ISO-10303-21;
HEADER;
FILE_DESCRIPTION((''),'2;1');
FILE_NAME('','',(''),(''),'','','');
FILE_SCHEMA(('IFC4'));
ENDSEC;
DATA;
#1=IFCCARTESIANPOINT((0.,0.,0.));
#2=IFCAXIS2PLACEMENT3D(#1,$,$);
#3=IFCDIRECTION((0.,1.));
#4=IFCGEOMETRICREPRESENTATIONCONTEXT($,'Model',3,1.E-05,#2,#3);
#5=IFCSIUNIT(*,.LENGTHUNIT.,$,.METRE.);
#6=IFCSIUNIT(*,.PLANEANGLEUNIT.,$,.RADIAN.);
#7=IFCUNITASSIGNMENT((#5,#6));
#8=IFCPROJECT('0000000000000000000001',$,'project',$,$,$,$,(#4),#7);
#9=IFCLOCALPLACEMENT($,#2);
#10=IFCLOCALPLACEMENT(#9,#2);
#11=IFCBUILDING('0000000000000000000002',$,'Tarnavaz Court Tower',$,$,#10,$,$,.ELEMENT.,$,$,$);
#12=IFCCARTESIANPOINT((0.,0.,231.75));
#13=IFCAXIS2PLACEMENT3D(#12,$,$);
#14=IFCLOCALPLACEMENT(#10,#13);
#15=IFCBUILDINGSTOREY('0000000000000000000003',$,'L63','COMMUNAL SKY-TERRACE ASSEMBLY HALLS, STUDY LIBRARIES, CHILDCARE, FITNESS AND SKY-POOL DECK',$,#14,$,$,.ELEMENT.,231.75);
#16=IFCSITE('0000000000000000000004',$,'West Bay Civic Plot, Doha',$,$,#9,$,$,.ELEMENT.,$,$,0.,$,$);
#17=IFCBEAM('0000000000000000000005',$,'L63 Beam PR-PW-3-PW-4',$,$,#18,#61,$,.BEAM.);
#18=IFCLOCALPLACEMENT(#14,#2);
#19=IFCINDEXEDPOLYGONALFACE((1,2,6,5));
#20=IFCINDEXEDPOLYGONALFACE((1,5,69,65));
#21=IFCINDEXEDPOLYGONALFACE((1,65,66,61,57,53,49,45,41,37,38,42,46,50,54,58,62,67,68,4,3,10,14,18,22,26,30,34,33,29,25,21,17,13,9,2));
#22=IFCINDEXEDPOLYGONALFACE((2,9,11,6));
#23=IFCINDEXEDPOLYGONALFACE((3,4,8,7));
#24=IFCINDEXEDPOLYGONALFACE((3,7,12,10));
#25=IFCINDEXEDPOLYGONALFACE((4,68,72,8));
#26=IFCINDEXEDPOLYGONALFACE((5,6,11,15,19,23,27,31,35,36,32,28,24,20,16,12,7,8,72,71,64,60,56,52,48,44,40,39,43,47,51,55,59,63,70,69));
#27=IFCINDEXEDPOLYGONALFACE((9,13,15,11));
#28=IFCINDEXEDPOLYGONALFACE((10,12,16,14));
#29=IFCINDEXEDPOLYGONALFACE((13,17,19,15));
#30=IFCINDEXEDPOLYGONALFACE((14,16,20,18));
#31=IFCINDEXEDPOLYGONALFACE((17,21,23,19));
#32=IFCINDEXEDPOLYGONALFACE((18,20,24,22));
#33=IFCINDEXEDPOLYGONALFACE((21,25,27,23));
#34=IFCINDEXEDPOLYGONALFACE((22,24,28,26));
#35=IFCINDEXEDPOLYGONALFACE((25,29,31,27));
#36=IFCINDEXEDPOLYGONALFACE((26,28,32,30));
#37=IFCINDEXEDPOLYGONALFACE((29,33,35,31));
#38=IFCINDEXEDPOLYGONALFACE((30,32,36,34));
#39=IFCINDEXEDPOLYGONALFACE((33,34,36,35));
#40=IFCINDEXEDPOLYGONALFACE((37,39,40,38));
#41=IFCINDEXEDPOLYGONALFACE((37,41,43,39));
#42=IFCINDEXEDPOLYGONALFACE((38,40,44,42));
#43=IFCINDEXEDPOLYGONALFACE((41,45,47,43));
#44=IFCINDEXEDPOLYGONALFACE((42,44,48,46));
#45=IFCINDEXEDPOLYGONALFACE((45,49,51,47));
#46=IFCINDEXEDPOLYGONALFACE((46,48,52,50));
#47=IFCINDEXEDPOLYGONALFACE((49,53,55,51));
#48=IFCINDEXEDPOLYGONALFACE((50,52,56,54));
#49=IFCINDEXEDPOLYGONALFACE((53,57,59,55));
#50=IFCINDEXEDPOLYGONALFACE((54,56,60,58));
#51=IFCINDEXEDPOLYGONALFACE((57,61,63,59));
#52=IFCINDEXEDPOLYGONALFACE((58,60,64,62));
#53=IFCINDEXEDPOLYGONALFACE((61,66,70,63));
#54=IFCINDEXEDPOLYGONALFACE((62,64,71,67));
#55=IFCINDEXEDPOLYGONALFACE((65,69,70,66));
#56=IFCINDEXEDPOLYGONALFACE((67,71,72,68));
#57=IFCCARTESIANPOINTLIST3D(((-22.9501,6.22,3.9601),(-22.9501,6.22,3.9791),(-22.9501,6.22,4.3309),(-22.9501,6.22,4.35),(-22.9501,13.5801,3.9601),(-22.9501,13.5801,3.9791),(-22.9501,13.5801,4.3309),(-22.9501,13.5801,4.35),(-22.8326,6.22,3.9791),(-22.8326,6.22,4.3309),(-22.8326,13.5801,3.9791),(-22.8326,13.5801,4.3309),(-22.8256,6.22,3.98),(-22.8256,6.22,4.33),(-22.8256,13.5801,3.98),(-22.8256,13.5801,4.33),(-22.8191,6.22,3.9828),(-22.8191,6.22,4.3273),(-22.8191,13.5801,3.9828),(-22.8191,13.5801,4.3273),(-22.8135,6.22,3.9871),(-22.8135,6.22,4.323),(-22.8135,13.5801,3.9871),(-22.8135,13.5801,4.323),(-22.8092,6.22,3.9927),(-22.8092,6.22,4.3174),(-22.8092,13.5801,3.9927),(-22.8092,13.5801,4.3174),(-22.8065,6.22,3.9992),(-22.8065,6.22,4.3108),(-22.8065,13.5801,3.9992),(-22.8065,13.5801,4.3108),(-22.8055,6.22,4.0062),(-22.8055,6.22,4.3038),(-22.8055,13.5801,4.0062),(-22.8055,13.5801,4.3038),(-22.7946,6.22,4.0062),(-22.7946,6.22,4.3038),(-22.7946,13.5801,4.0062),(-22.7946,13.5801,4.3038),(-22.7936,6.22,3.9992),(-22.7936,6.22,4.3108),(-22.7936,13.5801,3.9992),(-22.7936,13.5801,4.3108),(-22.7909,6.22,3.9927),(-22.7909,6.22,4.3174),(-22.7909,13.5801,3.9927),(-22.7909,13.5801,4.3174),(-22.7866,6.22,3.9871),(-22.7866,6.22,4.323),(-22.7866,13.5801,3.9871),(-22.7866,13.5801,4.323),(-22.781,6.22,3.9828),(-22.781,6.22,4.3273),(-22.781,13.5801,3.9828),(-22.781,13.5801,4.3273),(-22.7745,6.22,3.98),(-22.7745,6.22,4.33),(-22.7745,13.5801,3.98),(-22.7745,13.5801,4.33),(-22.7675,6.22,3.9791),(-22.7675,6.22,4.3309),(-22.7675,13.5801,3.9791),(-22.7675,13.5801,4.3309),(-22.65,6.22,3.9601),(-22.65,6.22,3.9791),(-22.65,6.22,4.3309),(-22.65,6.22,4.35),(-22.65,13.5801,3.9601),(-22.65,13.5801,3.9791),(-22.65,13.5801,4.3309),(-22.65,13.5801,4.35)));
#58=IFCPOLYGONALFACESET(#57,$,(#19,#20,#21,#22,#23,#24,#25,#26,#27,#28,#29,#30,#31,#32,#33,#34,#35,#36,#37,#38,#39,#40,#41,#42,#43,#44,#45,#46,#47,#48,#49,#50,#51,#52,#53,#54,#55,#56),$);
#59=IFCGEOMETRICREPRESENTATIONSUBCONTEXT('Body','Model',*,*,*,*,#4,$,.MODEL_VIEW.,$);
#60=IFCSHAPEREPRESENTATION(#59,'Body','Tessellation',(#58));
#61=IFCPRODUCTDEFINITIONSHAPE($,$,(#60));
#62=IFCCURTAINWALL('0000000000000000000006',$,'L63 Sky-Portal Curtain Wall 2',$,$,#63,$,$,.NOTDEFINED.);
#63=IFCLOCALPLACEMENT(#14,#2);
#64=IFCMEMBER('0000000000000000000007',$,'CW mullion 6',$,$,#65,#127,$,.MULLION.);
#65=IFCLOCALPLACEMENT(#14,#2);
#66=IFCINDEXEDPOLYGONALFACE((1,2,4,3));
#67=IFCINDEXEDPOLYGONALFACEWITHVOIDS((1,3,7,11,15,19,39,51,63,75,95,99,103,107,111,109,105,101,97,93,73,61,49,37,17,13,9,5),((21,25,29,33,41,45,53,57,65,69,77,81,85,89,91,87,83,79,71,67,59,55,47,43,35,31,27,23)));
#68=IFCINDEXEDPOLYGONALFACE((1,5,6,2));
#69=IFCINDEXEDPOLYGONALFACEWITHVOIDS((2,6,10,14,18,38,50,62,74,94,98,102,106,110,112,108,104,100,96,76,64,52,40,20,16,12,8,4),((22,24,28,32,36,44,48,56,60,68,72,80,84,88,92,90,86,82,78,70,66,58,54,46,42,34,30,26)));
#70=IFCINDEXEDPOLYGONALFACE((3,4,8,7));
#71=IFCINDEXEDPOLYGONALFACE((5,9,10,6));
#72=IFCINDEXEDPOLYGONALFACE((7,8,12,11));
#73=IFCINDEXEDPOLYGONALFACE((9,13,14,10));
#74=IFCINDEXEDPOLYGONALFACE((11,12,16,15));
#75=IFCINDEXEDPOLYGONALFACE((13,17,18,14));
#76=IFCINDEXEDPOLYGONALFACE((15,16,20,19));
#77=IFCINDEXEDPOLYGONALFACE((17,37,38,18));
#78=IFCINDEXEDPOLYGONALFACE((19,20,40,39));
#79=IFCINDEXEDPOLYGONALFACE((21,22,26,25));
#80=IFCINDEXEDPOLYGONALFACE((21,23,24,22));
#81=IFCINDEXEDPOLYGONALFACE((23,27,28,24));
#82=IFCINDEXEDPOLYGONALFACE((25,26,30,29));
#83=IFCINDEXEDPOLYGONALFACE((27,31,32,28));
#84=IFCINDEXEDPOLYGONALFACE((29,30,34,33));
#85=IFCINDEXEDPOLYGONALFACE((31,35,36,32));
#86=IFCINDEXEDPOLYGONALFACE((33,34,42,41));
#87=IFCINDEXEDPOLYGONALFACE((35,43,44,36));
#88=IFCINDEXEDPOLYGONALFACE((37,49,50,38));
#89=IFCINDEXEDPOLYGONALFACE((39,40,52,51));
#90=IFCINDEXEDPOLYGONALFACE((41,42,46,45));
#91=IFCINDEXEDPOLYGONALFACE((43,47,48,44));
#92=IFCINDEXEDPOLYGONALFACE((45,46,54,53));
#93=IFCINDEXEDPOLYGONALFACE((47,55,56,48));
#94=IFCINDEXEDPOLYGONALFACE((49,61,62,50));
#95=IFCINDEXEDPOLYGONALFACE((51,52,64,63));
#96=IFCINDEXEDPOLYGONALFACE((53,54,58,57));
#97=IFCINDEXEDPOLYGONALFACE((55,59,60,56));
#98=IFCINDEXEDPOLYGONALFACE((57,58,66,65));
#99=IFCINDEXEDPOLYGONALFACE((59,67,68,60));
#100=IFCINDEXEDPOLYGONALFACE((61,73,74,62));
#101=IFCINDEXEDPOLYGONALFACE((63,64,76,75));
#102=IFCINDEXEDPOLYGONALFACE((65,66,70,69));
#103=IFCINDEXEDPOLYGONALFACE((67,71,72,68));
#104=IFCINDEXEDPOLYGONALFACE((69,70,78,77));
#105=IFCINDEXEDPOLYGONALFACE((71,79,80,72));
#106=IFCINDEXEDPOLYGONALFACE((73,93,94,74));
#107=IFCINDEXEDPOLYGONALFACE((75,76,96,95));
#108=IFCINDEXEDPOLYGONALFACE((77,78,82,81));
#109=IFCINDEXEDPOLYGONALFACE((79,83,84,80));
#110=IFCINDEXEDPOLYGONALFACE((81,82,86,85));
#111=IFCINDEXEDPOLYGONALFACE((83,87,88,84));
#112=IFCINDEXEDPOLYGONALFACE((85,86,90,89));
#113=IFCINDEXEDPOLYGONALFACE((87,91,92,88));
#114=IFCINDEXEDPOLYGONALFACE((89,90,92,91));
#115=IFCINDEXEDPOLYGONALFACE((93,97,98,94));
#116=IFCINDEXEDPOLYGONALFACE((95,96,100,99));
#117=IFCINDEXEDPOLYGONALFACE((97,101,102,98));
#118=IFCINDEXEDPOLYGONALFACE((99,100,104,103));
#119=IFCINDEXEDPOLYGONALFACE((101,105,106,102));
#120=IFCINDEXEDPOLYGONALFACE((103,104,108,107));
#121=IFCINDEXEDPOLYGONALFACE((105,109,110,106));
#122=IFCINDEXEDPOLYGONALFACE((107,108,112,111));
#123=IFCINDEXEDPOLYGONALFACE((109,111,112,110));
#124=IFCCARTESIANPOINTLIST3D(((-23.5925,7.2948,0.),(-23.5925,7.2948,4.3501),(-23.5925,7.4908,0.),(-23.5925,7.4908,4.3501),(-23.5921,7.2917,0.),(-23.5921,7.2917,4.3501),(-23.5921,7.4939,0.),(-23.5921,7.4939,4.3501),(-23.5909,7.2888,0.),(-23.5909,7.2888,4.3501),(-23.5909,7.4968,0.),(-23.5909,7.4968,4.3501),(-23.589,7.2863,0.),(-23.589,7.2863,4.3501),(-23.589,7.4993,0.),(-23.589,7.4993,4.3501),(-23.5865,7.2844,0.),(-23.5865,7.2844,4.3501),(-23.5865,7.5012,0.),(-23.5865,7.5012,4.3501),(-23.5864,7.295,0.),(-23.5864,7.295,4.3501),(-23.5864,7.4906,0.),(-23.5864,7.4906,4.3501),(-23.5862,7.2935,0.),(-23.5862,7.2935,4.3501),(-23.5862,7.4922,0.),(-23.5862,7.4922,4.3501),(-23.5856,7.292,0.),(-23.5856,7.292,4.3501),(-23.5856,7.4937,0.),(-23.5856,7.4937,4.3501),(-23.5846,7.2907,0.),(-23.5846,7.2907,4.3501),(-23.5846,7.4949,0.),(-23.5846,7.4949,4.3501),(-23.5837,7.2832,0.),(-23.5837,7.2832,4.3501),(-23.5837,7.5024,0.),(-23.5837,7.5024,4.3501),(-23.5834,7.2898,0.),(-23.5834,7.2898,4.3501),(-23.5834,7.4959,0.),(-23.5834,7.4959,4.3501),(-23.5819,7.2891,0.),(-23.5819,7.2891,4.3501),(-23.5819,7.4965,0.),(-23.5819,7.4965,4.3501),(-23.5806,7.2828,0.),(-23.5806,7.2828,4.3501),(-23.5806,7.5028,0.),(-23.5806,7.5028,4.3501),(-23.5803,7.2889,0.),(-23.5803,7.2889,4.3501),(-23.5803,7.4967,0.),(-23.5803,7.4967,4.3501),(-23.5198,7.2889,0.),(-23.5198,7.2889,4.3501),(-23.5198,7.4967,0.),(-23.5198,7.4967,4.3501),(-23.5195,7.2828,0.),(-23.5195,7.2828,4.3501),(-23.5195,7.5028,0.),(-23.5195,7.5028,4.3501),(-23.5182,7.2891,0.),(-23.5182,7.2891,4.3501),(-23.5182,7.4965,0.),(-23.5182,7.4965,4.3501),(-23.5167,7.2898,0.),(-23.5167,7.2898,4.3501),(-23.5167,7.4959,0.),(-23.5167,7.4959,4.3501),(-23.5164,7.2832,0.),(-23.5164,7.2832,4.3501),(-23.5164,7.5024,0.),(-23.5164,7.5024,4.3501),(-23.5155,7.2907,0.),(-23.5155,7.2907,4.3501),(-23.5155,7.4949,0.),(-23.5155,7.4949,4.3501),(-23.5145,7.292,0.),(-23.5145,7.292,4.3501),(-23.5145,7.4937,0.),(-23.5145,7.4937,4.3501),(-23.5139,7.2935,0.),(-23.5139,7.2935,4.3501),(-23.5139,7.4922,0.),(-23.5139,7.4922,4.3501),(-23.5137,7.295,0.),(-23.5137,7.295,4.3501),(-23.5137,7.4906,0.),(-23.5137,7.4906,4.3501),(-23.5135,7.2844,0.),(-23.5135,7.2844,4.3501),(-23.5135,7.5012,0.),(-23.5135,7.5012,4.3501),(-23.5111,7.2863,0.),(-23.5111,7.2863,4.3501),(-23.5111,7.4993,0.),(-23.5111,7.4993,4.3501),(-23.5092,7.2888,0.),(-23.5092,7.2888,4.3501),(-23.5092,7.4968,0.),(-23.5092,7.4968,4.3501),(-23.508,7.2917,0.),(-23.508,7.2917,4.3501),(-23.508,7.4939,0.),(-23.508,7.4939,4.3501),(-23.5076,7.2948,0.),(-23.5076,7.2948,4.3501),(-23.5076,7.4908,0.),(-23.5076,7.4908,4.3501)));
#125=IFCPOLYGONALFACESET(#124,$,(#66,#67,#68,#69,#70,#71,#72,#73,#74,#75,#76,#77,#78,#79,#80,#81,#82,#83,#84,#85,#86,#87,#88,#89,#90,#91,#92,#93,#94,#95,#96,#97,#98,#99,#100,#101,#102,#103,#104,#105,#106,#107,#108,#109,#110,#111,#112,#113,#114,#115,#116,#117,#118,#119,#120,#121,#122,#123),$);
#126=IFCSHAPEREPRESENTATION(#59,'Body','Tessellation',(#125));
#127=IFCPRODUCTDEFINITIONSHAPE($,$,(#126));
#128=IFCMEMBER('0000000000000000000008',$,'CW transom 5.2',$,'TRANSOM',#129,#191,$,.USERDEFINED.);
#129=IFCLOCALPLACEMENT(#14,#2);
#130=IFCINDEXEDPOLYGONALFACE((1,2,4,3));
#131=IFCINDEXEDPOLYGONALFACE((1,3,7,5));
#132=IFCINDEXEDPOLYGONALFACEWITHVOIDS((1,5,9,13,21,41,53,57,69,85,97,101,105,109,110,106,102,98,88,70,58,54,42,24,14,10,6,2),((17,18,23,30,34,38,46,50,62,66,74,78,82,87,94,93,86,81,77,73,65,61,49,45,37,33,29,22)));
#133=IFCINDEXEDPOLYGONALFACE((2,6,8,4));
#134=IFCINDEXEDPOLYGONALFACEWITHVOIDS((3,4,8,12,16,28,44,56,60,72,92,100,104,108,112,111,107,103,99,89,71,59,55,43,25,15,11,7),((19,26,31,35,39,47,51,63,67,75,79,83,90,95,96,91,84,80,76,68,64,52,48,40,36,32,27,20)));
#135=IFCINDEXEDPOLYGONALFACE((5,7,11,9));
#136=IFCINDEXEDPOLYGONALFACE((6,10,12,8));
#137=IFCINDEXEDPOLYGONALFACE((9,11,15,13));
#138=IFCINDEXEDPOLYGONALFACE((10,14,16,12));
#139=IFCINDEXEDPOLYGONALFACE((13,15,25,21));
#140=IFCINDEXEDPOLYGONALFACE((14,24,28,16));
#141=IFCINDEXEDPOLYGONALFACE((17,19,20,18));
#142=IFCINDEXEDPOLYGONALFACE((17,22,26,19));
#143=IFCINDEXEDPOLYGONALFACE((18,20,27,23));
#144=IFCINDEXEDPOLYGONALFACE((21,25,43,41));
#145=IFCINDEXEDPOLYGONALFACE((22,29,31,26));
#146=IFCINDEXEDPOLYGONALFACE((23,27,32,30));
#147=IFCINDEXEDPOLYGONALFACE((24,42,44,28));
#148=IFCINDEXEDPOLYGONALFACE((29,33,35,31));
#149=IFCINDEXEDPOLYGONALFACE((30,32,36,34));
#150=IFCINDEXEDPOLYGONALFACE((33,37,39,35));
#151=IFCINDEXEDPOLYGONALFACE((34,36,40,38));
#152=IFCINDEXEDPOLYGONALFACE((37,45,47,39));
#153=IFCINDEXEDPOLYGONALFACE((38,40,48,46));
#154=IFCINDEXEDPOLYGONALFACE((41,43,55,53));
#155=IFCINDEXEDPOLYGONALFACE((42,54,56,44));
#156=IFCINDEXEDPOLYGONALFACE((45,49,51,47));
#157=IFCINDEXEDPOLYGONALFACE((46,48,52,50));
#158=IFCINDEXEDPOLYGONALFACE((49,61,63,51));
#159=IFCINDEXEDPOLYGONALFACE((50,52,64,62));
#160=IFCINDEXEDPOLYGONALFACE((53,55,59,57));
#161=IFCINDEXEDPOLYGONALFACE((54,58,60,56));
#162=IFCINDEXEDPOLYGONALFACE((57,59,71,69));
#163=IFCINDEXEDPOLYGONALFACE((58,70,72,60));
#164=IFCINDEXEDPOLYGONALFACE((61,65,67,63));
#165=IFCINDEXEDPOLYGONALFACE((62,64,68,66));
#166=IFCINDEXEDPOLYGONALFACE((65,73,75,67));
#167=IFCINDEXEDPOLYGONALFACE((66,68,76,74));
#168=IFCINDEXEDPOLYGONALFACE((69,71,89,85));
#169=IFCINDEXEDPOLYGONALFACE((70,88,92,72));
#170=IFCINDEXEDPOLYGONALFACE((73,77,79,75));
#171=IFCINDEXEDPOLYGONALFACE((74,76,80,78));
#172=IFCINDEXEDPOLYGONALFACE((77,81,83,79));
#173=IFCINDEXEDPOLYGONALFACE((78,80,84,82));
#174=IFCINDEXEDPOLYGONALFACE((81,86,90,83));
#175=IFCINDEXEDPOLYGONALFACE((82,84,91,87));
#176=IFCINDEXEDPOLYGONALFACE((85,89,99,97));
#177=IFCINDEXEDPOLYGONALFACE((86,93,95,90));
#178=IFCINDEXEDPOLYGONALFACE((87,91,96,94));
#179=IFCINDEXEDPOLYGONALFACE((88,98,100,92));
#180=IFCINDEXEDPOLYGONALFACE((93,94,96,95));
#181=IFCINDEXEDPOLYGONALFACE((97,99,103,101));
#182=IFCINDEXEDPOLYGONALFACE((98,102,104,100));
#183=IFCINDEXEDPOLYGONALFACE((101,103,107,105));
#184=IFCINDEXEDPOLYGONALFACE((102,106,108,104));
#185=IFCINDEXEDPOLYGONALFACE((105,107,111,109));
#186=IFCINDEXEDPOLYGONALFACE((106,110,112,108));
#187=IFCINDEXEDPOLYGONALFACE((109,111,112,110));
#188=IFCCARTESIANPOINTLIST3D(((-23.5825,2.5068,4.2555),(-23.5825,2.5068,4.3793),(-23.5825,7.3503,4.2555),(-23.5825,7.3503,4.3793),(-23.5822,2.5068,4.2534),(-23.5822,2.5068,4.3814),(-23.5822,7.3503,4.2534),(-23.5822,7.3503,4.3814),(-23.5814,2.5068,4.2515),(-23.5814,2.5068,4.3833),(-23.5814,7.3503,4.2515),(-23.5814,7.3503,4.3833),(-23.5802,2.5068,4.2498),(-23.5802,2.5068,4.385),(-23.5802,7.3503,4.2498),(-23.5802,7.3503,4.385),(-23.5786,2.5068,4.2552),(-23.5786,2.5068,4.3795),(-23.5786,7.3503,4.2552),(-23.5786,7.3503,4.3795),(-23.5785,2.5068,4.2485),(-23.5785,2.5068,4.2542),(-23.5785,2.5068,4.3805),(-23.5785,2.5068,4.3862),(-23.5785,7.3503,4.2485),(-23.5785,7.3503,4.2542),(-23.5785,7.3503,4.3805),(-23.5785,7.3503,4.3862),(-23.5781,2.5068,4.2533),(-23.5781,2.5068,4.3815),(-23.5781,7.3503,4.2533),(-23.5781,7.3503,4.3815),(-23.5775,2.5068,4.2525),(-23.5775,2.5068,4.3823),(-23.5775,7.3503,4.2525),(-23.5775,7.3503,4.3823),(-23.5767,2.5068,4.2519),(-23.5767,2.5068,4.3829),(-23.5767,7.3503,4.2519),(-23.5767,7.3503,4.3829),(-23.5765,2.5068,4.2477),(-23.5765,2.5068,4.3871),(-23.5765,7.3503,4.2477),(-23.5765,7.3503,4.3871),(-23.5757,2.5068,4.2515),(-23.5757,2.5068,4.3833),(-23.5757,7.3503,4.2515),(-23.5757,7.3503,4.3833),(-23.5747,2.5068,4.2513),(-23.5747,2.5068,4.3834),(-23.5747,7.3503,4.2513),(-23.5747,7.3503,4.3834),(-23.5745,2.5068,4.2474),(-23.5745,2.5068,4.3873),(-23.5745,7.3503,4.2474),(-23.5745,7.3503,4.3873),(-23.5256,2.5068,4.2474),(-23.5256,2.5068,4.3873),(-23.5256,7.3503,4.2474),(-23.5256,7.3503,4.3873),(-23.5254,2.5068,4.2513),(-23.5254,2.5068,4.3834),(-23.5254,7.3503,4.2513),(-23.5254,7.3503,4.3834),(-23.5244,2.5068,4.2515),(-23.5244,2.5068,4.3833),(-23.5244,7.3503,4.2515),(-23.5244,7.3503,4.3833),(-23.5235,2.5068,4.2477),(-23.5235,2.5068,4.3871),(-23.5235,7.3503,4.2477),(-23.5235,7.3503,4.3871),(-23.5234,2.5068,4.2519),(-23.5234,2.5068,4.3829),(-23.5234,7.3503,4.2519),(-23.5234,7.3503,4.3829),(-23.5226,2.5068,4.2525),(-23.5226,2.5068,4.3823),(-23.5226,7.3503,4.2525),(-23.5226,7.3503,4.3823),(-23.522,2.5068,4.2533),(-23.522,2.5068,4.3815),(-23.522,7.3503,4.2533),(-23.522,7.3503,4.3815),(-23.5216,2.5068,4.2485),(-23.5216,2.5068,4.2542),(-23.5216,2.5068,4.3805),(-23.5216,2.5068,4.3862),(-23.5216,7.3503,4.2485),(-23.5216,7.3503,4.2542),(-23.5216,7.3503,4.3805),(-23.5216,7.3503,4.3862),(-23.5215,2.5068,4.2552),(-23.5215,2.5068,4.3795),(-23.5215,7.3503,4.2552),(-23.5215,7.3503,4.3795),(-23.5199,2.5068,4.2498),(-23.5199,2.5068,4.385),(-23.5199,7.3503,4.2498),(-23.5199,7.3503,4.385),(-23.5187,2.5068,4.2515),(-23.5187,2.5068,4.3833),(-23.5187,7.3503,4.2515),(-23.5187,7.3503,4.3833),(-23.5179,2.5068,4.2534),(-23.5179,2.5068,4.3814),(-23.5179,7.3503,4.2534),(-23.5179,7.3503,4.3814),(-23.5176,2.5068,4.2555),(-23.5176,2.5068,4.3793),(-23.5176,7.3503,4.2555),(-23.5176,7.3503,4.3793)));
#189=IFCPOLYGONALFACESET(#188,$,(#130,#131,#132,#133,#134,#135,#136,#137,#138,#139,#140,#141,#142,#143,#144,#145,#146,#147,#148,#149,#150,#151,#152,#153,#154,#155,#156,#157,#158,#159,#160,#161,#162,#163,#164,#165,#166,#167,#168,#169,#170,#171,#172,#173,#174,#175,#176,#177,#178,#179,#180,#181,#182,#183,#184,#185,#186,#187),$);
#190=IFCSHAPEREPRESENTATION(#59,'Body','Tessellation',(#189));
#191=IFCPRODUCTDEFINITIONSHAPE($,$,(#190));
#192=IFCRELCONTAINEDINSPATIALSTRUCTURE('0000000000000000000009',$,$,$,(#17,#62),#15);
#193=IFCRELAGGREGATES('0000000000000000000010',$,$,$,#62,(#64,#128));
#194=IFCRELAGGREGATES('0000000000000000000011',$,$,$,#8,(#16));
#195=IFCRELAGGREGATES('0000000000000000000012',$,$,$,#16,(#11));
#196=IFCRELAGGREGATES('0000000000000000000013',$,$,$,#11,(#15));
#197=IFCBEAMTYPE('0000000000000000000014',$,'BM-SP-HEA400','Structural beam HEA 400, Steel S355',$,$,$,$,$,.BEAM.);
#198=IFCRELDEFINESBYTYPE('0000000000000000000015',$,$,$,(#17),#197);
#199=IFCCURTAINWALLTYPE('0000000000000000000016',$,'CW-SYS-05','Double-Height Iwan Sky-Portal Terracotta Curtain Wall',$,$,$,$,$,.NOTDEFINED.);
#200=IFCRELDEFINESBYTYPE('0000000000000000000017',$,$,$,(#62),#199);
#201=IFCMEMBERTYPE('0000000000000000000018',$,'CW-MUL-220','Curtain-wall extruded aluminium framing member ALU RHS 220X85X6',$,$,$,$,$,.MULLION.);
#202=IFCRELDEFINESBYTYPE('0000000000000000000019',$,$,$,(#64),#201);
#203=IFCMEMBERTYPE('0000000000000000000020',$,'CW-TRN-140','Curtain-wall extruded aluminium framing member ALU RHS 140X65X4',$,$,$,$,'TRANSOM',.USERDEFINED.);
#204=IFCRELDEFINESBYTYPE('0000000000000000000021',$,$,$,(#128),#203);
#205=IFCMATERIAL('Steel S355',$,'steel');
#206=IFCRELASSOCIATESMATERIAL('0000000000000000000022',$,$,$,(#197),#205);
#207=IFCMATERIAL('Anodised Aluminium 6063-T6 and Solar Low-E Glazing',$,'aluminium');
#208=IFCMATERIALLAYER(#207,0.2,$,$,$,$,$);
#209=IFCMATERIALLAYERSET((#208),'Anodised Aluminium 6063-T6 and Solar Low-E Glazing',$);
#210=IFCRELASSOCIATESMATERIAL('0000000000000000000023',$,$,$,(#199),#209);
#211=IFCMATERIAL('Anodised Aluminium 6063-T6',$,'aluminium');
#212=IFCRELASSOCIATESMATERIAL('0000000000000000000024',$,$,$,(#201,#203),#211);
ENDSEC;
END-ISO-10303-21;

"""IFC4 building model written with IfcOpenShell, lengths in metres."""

from ifc_helpers import new_model, si_unit, direction, frame, origin, origin_2d, place, context, subcontext, project, spatial, hollow_rectangle, i_section, extrude, material, layer, layer_set, material_profile, profile_set, type_object, element, aggregate, save


model = new_model("IFC4")

# Units and contexts
model_context = context("Model", 3, precision=1e-05, world=origin(), true_north=direction((0.0, 1.0)))
body_context = subcontext(model_context, "Body", "Model", "MODEL_VIEW")
ifc_project = project(units=[si_unit("LENGTHUNIT", "METRE"), si_unit("PLANEANGLEUNIT", "RADIAN")], contexts=[model_context])

# Site, building, storey
site_placement = place(None, origin())
site = spatial("IfcSite", under=ifc_project, at=site_placement, Name="West Bay Civic Plot, Doha", CompositionType="ELEMENT", RefElevation=0.0)
building_placement = place(site_placement, origin())
building = spatial("IfcBuilding", under=site, at=building_placement, Name="Tarnavaz Court Tower", CompositionType="ELEMENT")
storey_placement = place(building_placement, frame((0.0, 0.0, 231.75)))
storey = spatial("IfcBuildingStorey", under=building, at=storey_placement, Name="L63", Description="COMMUNAL SKY-TERRACE ASSEMBLY HALLS, STUDY LIBRARIES, CHILDCARE, FITNESS AND SKY-POOL DECK", CompositionType="ELEMENT", Elevation=231.75)

# Beam
ifc_material_1 = material(Name="Steel S355", Category="steel")
ifc_material_profile_1 = material_profile(ifc_material_1, i_section(OverallWidth=0.3, OverallDepth=0.3899, WebThickness=0.011, FlangeThickness=0.019, FilletRadius=0.0271, at=origin_2d()), Name="HEA 400")
ifc_profile_set_1 = profile_set([ifc_material_profile_1], Name="Steel S355")
beam_type_1 = type_object("IfcBeamType", Name="BM-SP-HEA400", Description="Structural beam HEA 400, Steel S355", PredefinedType="BEAM", material=ifc_profile_set_1)
beam_1_placement = place(storey_placement, frame((-22.8, 6.22, 4.155), z_axis=(0.0, 1.0, 0.0), x_axis=(-1.0, 0.0, 0.0)))
element("IfcBeam", 1, at=beam_1_placement, inside=storey, type_object=beam_type_1, Name="L63 Beam PR-PW-3-PW-4", PredefinedType="BEAM", context=body_context, shape_type="SweptSolid", body=[
    extrude(i_section(OverallWidth=0.3, OverallDepth=0.3899, WebThickness=0.011, FlangeThickness=0.019, FilletRadius=0.0271, at=origin_2d()), origin(), (0.0, 0.0, 1.0), 7.3601),
])

# Curtain wall, members
ifc_material_2 = material(Name="Anodised Aluminium 6063-T6 and Solar Low-E Glazing", Category="aluminium")
ifc_layer_1 = layer(ifc_material_2, 0.2)
ifc_layer_set_1 = layer_set([ifc_layer_1], Name="Anodised Aluminium 6063-T6 and Solar Low-E Glazing")
curtain_wall_type = type_object("IfcCurtainWallType", Name="CW-SYS-05", Description="Double-Height Iwan Sky-Portal Terracotta Curtain Wall", PredefinedType="NOTDEFINED", material=ifc_layer_set_1)
curtain_wall_placement = place(storey_placement, origin())
curtain_wall = element("IfcCurtainWall", 2, at=curtain_wall_placement, inside=storey, type_object=curtain_wall_type, Name="L63 Sky-Portal Curtain Wall 2", PredefinedType="NOTDEFINED")
ifc_material_3 = material(Name="Anodised Aluminium 6063-T6", Category="aluminium")
ifc_material_profile_2 = material_profile(ifc_material_3, hollow_rectangle(XDim=0.085, YDim=0.22, WallThickness=0.0061, InnerFilletRadius=0.0061, OuterFilletRadius=0.012, at=origin_2d()), Name="ALU RHS 220X85X6")
ifc_profile_set_2 = profile_set([ifc_material_profile_2], Name="Anodised Aluminium 6063-T6")
member_type_1 = type_object("IfcMemberType", Name="CW-MUL-220", Description="Curtain-wall extruded aluminium framing member ALU RHS 220X85X6", PredefinedType="MULLION", material=ifc_profile_set_2)
member_1_placement = place(storey_placement, frame((-23.55, 7.3928, 0.0), z_axis=(0.0, 0.0, 1.0), x_axis=(-1.0, 0.0, 0.0)))
member_1 = element("IfcMember", 3, at=member_1_placement, type_object=member_type_1, Name="CW mullion 6", PredefinedType="MULLION", context=body_context, shape_type="SweptSolid", body=[
    extrude(hollow_rectangle(XDim=0.085, YDim=0.22, WallThickness=0.0061, InnerFilletRadius=0.0061, OuterFilletRadius=0.012, at=origin_2d()), origin(), (0.0, 0.0, 1.0), 4.3501),
])
ifc_material_profile_3 = material_profile(ifc_material_3, hollow_rectangle(XDim=0.0649, YDim=0.1399, WallThickness=0.0039, InnerFilletRadius=0.0039, OuterFilletRadius=0.0081, at=origin_2d()), Name="ALU RHS 140X65X4")
ifc_profile_set_3 = profile_set([ifc_material_profile_3], Name="Anodised Aluminium 6063-T6")
member_type_2 = type_object("IfcMemberType", Name="CW-TRN-140", Description="Curtain-wall extruded aluminium framing member ALU RHS 140X65X4", ElementType="TRANSOM", PredefinedType="USERDEFINED", material=ifc_profile_set_3)
member_2_placement = place(storey_placement, frame((-23.55, 2.5068, 4.3174), z_axis=(0.0, 1.0, 0.0), x_axis=(-1.0, 0.0, 0.0)))
member_2 = element("IfcMember", 4, at=member_2_placement, type_object=member_type_2, Name="CW transom 5.2", ObjectType="TRANSOM", PredefinedType="USERDEFINED", context=body_context, shape_type="SweptSolid", body=[
    extrude(hollow_rectangle(XDim=0.0649, YDim=0.1399, WallThickness=0.0039, InnerFilletRadius=0.0039, OuterFilletRadius=0.0081, at=origin_2d()), origin(), (0.0, 0.0, 1.0), 4.8435),
])
aggregate(curtain_wall, [member_1, member_2])

save(model, "model.ifc")
